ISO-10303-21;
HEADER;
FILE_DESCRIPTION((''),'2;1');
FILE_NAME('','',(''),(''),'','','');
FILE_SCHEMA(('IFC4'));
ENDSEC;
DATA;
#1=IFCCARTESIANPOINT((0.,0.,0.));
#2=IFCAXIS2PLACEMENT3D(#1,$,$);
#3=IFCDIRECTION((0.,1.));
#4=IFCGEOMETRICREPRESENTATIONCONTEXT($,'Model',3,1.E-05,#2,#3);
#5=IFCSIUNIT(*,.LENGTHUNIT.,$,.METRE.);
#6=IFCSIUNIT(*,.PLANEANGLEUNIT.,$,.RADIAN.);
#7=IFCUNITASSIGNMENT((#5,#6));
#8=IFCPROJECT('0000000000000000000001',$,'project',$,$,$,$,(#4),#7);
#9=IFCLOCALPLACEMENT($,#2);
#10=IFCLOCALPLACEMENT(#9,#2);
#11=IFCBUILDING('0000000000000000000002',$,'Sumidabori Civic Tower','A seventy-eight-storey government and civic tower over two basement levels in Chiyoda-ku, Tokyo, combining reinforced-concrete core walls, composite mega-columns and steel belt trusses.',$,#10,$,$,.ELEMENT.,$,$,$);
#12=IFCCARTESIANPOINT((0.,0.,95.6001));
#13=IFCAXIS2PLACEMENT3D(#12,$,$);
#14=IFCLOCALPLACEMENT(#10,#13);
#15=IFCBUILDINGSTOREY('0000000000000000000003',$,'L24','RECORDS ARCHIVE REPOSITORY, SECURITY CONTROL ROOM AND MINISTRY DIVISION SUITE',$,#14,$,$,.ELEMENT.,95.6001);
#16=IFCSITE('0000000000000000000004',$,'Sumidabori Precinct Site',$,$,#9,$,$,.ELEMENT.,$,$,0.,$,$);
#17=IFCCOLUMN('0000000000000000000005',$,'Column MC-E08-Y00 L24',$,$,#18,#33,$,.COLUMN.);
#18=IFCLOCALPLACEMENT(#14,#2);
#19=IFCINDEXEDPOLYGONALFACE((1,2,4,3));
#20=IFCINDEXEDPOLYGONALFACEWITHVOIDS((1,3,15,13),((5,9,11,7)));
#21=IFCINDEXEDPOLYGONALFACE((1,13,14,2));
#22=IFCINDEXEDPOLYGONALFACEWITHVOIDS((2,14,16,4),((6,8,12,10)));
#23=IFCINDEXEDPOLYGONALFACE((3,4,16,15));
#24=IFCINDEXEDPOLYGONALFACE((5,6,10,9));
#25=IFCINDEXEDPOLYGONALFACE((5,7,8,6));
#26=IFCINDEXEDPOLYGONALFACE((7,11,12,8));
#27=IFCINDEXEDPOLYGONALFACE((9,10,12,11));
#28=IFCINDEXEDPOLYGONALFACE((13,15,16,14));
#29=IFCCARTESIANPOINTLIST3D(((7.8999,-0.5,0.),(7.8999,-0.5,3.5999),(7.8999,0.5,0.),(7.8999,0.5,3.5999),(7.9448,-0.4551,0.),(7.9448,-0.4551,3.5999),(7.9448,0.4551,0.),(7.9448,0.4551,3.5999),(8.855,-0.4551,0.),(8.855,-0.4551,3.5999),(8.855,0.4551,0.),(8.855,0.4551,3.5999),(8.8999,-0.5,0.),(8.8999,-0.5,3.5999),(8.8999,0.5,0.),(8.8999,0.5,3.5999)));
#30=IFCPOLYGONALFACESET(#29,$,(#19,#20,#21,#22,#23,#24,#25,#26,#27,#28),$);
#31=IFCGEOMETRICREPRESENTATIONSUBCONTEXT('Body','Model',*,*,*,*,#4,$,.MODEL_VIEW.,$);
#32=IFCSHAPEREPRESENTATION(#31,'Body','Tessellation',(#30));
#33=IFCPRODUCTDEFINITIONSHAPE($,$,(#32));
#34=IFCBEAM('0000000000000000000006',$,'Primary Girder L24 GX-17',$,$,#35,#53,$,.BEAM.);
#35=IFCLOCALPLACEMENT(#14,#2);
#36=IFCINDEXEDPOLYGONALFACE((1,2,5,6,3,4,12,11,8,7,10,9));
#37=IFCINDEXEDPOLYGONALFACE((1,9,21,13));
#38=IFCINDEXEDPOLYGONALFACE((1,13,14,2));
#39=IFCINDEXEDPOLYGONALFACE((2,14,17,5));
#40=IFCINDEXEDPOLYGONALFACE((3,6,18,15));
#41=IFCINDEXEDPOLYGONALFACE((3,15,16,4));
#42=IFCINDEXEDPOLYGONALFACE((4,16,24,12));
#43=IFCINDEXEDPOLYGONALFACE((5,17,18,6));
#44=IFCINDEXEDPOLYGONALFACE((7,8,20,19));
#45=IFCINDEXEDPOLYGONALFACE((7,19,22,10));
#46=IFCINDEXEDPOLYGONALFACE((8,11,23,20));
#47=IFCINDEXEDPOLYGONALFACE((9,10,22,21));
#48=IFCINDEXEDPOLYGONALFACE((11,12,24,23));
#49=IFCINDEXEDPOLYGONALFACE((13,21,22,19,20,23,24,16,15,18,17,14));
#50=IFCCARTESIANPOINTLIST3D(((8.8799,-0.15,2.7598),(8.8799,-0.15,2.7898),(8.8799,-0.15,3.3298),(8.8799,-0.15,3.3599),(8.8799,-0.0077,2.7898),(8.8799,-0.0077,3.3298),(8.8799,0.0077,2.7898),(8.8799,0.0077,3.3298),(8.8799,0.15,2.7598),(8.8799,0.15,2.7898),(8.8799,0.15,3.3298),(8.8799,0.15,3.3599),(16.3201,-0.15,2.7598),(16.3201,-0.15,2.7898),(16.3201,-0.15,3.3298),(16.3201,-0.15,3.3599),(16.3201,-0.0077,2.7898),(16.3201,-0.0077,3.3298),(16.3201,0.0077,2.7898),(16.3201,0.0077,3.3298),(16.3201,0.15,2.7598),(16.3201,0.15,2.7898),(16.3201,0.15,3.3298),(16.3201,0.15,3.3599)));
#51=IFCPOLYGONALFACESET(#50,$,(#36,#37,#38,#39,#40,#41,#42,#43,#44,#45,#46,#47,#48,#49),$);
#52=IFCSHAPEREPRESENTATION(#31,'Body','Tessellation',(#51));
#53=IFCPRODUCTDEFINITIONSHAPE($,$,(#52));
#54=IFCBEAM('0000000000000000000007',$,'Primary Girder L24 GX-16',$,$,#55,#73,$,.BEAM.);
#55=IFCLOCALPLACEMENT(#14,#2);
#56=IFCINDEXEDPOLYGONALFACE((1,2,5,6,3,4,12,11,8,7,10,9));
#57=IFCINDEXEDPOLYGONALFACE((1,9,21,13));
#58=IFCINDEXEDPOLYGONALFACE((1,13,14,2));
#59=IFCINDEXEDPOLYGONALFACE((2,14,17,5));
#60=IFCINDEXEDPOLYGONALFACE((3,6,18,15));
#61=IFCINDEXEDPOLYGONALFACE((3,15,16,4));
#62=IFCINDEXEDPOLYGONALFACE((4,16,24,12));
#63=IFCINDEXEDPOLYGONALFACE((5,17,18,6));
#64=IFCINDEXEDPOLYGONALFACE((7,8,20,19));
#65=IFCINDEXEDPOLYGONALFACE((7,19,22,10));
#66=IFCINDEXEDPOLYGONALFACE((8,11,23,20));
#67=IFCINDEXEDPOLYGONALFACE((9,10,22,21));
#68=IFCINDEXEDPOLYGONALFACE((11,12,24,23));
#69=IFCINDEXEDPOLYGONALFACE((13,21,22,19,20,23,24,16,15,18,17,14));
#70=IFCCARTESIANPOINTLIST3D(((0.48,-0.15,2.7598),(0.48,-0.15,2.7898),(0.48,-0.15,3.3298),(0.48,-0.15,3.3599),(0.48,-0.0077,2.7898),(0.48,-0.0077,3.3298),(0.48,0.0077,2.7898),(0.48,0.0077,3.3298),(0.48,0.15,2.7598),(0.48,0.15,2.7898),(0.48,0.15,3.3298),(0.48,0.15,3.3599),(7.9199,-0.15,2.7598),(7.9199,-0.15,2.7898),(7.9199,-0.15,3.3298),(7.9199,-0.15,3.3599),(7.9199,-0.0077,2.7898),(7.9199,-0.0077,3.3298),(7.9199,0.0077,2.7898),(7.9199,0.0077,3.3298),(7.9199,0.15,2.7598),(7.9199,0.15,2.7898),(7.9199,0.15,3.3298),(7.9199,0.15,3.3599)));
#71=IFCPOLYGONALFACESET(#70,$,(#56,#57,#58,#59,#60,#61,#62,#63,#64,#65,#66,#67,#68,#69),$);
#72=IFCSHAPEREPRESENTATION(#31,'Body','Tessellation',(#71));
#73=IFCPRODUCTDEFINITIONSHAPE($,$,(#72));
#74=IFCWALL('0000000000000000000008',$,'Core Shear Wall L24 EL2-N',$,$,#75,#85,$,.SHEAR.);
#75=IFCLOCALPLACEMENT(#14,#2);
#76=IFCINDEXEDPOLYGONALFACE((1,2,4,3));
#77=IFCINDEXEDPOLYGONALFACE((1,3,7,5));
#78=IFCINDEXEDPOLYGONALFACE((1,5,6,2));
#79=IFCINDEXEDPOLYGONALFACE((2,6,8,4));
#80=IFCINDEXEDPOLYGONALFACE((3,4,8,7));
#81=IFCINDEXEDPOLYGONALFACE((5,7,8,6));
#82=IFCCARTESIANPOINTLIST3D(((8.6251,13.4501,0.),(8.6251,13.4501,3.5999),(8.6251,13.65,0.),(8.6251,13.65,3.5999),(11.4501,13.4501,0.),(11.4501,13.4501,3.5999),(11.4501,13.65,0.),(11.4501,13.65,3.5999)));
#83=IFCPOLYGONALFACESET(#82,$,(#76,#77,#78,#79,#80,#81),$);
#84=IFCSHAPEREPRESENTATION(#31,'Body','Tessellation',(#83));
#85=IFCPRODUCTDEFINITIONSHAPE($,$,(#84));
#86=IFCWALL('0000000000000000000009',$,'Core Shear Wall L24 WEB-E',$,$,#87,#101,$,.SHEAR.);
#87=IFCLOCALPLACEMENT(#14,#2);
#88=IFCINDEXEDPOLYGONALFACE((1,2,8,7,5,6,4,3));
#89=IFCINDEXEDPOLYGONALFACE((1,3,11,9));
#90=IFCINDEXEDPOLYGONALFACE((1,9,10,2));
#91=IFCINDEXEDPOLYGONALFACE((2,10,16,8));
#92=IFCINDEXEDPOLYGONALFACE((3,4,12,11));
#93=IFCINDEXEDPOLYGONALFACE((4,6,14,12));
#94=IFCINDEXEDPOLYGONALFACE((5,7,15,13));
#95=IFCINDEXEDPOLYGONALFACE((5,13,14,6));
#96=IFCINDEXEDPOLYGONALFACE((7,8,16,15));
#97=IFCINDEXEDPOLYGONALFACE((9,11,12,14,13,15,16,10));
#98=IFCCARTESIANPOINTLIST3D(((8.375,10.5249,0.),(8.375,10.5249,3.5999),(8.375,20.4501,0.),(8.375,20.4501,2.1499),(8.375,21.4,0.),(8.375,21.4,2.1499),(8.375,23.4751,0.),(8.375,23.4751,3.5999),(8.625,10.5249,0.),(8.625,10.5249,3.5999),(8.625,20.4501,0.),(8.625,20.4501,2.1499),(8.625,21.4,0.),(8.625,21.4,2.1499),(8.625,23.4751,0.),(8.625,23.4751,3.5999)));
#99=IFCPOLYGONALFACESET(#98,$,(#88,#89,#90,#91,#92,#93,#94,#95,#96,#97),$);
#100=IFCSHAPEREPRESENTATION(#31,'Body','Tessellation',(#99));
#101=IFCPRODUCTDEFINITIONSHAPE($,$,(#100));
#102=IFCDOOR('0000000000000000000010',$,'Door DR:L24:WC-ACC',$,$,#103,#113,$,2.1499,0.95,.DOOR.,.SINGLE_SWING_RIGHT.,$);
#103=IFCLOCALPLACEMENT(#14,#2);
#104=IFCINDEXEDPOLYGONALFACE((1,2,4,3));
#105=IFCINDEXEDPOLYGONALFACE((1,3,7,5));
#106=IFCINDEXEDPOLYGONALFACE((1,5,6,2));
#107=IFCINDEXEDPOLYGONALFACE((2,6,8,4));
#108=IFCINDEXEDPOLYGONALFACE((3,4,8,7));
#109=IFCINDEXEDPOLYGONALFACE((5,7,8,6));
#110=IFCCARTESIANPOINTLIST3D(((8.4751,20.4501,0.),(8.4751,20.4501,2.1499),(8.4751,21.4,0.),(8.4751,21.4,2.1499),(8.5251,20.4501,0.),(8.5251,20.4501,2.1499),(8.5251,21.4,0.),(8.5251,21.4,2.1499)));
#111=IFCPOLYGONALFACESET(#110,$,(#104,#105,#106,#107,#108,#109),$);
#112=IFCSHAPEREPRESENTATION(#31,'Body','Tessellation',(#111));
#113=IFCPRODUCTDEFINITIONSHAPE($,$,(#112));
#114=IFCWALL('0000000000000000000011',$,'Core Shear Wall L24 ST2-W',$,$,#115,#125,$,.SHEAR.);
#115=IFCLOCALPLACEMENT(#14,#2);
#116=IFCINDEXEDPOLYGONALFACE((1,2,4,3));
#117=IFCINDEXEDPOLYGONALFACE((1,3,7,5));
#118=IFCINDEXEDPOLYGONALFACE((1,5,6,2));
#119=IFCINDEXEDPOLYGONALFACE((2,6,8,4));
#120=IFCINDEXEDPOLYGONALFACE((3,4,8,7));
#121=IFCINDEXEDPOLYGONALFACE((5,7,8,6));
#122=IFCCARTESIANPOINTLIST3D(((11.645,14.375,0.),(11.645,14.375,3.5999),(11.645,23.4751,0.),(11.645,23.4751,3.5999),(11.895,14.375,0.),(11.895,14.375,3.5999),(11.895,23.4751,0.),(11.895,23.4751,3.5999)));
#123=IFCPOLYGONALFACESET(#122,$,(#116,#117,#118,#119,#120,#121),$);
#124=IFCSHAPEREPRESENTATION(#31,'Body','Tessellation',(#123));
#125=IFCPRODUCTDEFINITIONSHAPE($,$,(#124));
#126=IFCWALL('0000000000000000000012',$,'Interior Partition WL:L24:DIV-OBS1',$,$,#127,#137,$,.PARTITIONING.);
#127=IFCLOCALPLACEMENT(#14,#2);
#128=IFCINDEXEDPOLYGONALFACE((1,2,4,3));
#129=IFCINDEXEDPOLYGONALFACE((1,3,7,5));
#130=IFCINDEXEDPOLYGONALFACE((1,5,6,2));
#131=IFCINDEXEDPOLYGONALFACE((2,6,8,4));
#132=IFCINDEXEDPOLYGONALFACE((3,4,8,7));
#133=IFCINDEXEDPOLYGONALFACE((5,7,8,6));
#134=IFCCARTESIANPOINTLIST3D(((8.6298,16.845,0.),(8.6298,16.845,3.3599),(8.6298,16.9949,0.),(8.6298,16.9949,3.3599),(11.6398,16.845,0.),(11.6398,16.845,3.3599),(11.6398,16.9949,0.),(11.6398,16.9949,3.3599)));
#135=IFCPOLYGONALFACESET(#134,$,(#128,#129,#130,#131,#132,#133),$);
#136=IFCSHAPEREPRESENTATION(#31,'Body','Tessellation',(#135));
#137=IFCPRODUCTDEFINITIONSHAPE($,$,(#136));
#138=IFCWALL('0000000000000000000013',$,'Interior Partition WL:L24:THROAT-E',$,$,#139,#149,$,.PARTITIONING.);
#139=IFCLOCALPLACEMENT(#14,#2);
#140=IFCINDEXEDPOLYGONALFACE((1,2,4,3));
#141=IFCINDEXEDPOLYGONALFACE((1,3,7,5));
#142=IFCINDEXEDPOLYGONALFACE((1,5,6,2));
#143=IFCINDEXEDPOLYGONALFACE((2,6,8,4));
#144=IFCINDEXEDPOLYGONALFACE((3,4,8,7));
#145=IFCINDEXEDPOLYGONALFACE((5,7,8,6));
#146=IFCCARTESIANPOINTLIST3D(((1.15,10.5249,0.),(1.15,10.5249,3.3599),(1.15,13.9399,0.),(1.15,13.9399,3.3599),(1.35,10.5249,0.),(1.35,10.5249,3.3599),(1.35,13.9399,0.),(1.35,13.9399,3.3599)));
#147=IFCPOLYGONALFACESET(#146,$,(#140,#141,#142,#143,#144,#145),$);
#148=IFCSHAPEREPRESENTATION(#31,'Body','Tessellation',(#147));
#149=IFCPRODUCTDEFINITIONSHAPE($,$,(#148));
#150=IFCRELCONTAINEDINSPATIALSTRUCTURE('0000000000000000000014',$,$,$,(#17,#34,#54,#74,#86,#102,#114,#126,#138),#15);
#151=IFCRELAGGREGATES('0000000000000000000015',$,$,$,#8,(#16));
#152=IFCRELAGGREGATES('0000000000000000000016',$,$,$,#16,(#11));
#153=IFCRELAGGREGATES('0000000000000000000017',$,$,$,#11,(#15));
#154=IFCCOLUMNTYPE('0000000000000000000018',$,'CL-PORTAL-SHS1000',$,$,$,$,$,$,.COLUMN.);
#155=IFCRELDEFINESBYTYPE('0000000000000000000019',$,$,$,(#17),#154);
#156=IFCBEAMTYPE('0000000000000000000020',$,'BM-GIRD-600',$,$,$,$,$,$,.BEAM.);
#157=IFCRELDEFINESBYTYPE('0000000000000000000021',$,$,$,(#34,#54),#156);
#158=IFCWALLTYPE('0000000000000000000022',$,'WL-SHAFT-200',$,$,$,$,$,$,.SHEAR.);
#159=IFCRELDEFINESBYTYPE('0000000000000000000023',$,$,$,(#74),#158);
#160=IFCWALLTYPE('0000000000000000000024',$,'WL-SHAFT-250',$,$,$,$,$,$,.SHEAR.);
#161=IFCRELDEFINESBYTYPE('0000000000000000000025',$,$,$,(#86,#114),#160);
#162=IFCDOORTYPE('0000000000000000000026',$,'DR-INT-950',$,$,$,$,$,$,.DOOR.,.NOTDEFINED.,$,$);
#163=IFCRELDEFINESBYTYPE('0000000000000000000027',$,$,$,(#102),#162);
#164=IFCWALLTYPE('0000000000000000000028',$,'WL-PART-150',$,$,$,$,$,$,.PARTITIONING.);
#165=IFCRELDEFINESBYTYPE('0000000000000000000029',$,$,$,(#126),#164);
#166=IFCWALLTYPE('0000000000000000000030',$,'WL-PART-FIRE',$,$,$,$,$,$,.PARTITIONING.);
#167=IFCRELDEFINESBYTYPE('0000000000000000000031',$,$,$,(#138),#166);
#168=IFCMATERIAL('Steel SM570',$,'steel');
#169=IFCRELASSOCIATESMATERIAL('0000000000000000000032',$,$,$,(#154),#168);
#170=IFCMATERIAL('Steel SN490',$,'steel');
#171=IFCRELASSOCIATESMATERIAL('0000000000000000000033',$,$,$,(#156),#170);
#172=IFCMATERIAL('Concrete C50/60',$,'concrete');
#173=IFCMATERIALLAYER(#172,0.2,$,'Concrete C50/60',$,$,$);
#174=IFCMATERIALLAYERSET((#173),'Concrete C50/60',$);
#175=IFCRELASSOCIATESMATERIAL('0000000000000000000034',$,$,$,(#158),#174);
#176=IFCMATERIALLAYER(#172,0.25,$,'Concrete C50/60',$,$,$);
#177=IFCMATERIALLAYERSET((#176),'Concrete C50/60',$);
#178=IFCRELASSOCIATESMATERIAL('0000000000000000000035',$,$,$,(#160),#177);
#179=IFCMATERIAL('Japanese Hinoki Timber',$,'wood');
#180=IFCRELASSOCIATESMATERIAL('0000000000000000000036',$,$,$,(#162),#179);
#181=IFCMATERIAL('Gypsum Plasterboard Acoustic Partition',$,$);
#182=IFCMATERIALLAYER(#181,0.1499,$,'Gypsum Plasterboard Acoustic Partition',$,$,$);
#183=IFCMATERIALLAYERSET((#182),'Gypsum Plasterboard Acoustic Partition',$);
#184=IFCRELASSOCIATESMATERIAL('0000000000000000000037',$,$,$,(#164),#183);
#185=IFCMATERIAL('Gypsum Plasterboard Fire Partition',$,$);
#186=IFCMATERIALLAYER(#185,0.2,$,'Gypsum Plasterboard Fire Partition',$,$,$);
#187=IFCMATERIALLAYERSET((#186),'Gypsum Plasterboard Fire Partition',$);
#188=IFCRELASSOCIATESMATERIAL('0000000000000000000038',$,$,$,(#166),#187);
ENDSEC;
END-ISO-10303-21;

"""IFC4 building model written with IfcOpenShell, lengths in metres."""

from ifc_helpers import new_model, si_unit, direction, frame, frame_2d, origin, origin_2d, place, context, subcontext, project, spatial, rectangle, hollow_rectangle, i_section, extrude, source, transform, mapped, material, layer, layer_set, material_profile, profile_set, type_object, element, fill, save


model = new_model("IFC4")

# Units and contexts
model_context = context("Model", 3, precision=1e-05, world=origin(), true_north=direction((0.0, 1.0)))
body_context = subcontext(model_context, "Body", "Model", "MODEL_VIEW")
ifc_project = project(units=[si_unit("LENGTHUNIT", "METRE"), si_unit("PLANEANGLEUNIT", "RADIAN")], contexts=[model_context])

# Site, building, storey
site_placement = place(None, origin())
site = spatial("IfcSite", under=ifc_project, at=site_placement, Name="Sumidabori Precinct Site", CompositionType="ELEMENT", RefElevation=0.0)
building_placement = place(site_placement, origin())
building = spatial("IfcBuilding", under=site, at=building_placement, Name="Sumidabori Civic Tower", Description="A seventy-eight-storey government and civic tower over two basement levels in Chiyoda-ku, Tokyo, combining reinforced-concrete core walls, composite mega-columns and steel belt trusses.", CompositionType="ELEMENT")
storey_placement = place(building_placement, frame((0.0, 0.0, 95.6001)))
storey = spatial("IfcBuildingStorey", under=building, at=storey_placement, Name="L24", Description="RECORDS ARCHIVE REPOSITORY, SECURITY CONTROL ROOM AND MINISTRY DIVISION SUITE", CompositionType="ELEMENT", Elevation=95.6001)

# Column
ifc_material_1 = material(Name="Steel SM570", Category="steel")
ifc_material_profile_1 = material_profile(ifc_material_1, hollow_rectangle(XDim=1.0, YDim=1.0, WallThickness=0.0449, at=origin_2d()), Name="SHS 1000x1000x45")
ifc_profile_set_1 = profile_set([ifc_material_profile_1], Name="Steel SM570")
column_type = type_object("IfcColumnType", Name="CL-PORTAL-SHS1000", PredefinedType="COLUMN", material=ifc_profile_set_1)
shared_shape_1 = source(origin(), body_context, "Body", "SweptSolid", [
    extrude(hollow_rectangle(XDim=1.0, YDim=1.0, WallThickness=0.0449, at=origin_2d()), origin(), (0.0, 0.0, 1.0), 3.5999),
])
column_placement = place(storey_placement, frame((8.3999, 0.0, 0.0), z_axis=(0.0, 0.0, 1.0), x_axis=(1.0, 0.0, 0.0)))
element("IfcColumn", 1, at=column_placement, inside=storey, type_object=column_type, Name="Column MC-E08-Y00 L24", PredefinedType="COLUMN", context=body_context, shape_type="MappedRepresentation", body=[
    mapped(shared_shape_1, transform((0.0, 0.0, 0.0), x_axis=(1.0, 0.0, 0.0), y_axis=(0.0, 1.0, 0.0), z_axis=(0.0, 0.0, 1.0), scale=1.0)),
])

# Beams
ifc_material_2 = material(Name="Steel SN490", Category="steel")
ifc_material_profile_2 = material_profile(ifc_material_2, i_section(OverallWidth=0.3, OverallDepth=0.6001, WebThickness=0.0154, FlangeThickness=0.03, at=origin_2d()), Name="HE 600 B")
ifc_profile_set_2 = profile_set([ifc_material_profile_2], Name="Steel SN490")
beam_type = type_object("IfcBeamType", Name="BM-GIRD-600", PredefinedType="BEAM", material=ifc_profile_set_2)
shared_shape_2 = source(origin(), body_context, "Body", "SweptSolid", [
    extrude(i_section(OverallWidth=0.3, OverallDepth=0.6001, WebThickness=0.0154, FlangeThickness=0.03, at=origin_2d()), origin(), (0.0, 0.0, 1.0), 7.4402),
])
beam_1_placement = place(storey_placement, frame((8.8799, 0.0, 3.0598), z_axis=(1.0, 0.0, 0.0), x_axis=(0.0, 1.0, 0.0)))
element("IfcBeam", 2, at=beam_1_placement, inside=storey, type_object=beam_type, Name="Primary Girder L24 GX-17", PredefinedType="BEAM", context=body_context, shape_type="MappedRepresentation", body=[
    mapped(shared_shape_2, transform((0.0, 0.0, 0.0), x_axis=(1.0, 0.0, 0.0), y_axis=(0.0, 1.0, 0.0), z_axis=(0.0, 0.0, 1.0), scale=1.0)),
])
shared_shape_3 = source(origin(), body_context, "Body", "SweptSolid", [
    extrude(i_section(OverallWidth=0.3, OverallDepth=0.6001, WebThickness=0.0154, FlangeThickness=0.03, at=origin_2d()), origin(), (0.0, 0.0, 1.0), 7.4399),
])
beam_2_placement = place(storey_placement, frame((0.48, 0.0, 3.0598), z_axis=(1.0, 0.0, 0.0), x_axis=(0.0, 1.0, 0.0)))
element("IfcBeam", 3, at=beam_2_placement, inside=storey, type_object=beam_type, Name="Primary Girder L24 GX-16", PredefinedType="BEAM", context=body_context, shape_type="MappedRepresentation", body=[
    mapped(shared_shape_3, transform((0.0, 0.0, 0.0), x_axis=(1.0, 0.0, 0.0), y_axis=(0.0, 1.0, 0.0), z_axis=(0.0, 0.0, 1.0), scale=1.0)),
])

# Wall
ifc_material_3 = material(Name="Concrete C50/60", Category="concrete")
ifc_layer_1 = layer(ifc_material_3, 0.2, Name="Concrete C50/60")
ifc_layer_set_1 = layer_set([ifc_layer_1], Name="Concrete C50/60")
wall_type_1 = type_object("IfcWallType", Name="WL-SHAFT-200", PredefinedType="SHEAR", material=ifc_layer_set_1)
shared_shape_4 = source(origin(), body_context, "Body", "SweptSolid", [
    extrude(rectangle(XDim=2.825, YDim=0.2, at=frame_2d((1.4126, 0.0))), origin(), (0.0, 0.0, 1.0), 3.5999),
])
wall_1_placement = place(storey_placement, frame((8.625, 13.55, 0.0), z_axis=(0.0, 0.0, 1.0), x_axis=(1.0, 0.0, 0.0)))
element("IfcWall", 4, at=wall_1_placement, inside=storey, type_object=wall_type_1, Name="Core Shear Wall L24 EL2-N", PredefinedType="SHEAR", context=body_context, shape_type="MappedRepresentation", body=[
    mapped(shared_shape_4, transform((0.0, 0.0, 0.0), x_axis=(1.0, 0.0, 0.0), y_axis=(0.0, 1.0, 0.0), z_axis=(0.0, 0.0, 1.0), scale=1.0)),
])

# Wall, opening, door
ifc_layer_2 = layer(ifc_material_3, 0.25, Name="Concrete C50/60")
ifc_layer_set_2 = layer_set([ifc_layer_2], Name="Concrete C50/60")
wall_type_2 = type_object("IfcWallType", Name="WL-SHAFT-250", PredefinedType="SHEAR", material=ifc_layer_set_2)
shared_shape_5 = source(origin(), body_context, "Body", "SweptSolid", [
    extrude(rectangle(XDim=12.9502, YDim=0.25, at=frame_2d((6.4751, 0.0))), origin(), (0.0, 0.0, 1.0), 3.5999),
])
wall_2_placement = place(storey_placement, frame((8.5, 10.5249, 0.0), z_axis=(0.0, 0.0, 1.0), x_axis=(0.0, 1.0, 0.0)))
wall_2 = element("IfcWall", 5, at=wall_2_placement, inside=storey, type_object=wall_type_2, Name="Core Shear Wall L24 WEB-E", PredefinedType="SHEAR", context=body_context, shape_type="MappedRepresentation", body=[
    mapped(shared_shape_5, transform((0.0, 0.0, 0.0), x_axis=(1.0, 0.0, 0.0), y_axis=(0.0, 1.0, 0.0), z_axis=(0.0, 0.0, 1.0), scale=1.0)),
])
opening_1_placement = place(wall_2_placement, frame((9.925, 0.0, 0.0)))
opening_1 = element("IfcOpeningElement", 6, at=opening_1_placement, cuts=wall_2, PredefinedType="OPENING", context=body_context, shape_type="SweptSolid", body=[
    extrude(rectangle(XDim=0.95, YDim=2.1499, at=frame_2d((0.4751, 1.075))), frame((0.0, 0.137, 0.0), z_axis=(0.0, -1.0, 0.0), x_axis=(1.0, 0.0, 0.0)), (0.0, 0.0, 1.0), 0.2739),
])
ifc_material_4 = material(Name="Japanese Hinoki Timber", Category="wood")
door_type_1 = type_object("IfcDoorType", Name="DR-INT-950", OperationType="NOTDEFINED", PredefinedType="DOOR", material=ifc_material_4)
shared_shape_6 = source(origin(), body_context, "Body", "SweptSolid", [
    extrude(rectangle(XDim=0.95, YDim=2.1499, at=frame_2d((0.4751, 1.075))), frame((0.0, 0.0249, 0.0), z_axis=(0.0, -1.0, 0.0), x_axis=(1.0, 0.0, 0.0)), (0.0, 0.0, 1.0), 0.05),
])
door_1_placement = place(opening_1_placement, origin())
door_1 = element("IfcDoor", 7, at=door_1_placement, inside=storey, type_object=door_type_1, Name="Door DR:L24:WC-ACC", OperationType="SINGLE_SWING_RIGHT", OverallHeight=2.1499, OverallWidth=0.95, PredefinedType="DOOR", context=body_context, shape_type="MappedRepresentation", body=[
    mapped(shared_shape_6, transform((0.0, 0.0, 0.0), x_axis=(1.0, 0.0, 0.0), y_axis=(0.0, 1.0, 0.0), z_axis=(0.0, 0.0, 1.0), scale=1.0)),
])
fill(opening_1, door_1)

# Wall
shared_shape_7 = source(origin(), body_context, "Body", "SweptSolid", [
    extrude(rectangle(XDim=9.1001, YDim=0.25, at=frame_2d((4.55, 0.0))), origin(), (0.0, 0.0, 1.0), 3.5999),
])
wall_3_placement = place(storey_placement, frame((11.77, 14.375, 0.0), z_axis=(0.0, 0.0, 1.0), x_axis=(0.0, 1.0, 0.0)))
element("IfcWall", 8, at=wall_3_placement, inside=storey, type_object=wall_type_2, Name="Core Shear Wall L24 ST2-W", PredefinedType="SHEAR", context=body_context, shape_type="MappedRepresentation", body=[
    mapped(shared_shape_7, transform((0.0, 0.0, 0.0), x_axis=(1.0, 0.0, 0.0), y_axis=(0.0, 1.0, 0.0), z_axis=(0.0, 0.0, 1.0), scale=1.0)),
])

# Wall
ifc_material_5 = material(Name="Gypsum Plasterboard Acoustic Partition")
ifc_layer_3 = layer(ifc_material_5, 0.1499, Name="Gypsum Plasterboard Acoustic Partition")
ifc_layer_set_3 = layer_set([ifc_layer_3], Name="Gypsum Plasterboard Acoustic Partition")
wall_type_3 = type_object("IfcWallType", Name="WL-PART-150", PredefinedType="PARTITIONING", material=ifc_layer_set_3)
shared_shape_8 = source(origin(), body_context, "Body", "SweptSolid", [
    extrude(rectangle(XDim=3.01, YDim=0.1499, at=frame_2d((1.5049, 0.0))), origin(), (0.0, 0.0, 1.0), 3.3599),
])
wall_4_placement = place(storey_placement, frame((8.6299, 16.9199, 0.0), z_axis=(0.0, 0.0, 1.0), x_axis=(1.0, 0.0, 0.0)))
element("IfcWall", 9, at=wall_4_placement, inside=storey, type_object=wall_type_3, Name="Interior Partition WL:L24:DIV-OBS1", PredefinedType="PARTITIONING", context=body_context, shape_type="MappedRepresentation", body=[
    mapped(shared_shape_8, transform((0.0, 0.0, 0.0), x_axis=(1.0, 0.0, 0.0), y_axis=(0.0, 1.0, 0.0), z_axis=(0.0, 0.0, 1.0), scale=1.0)),
])

# Shared definitions
ifc_material_6 = material(Name="Gypsum Plasterboard Fire Partition")
ifc_layer_4 = layer(ifc_material_6, 0.2, Name="Gypsum Plasterboard Fire Partition")
ifc_layer_set_4 = layer_set([ifc_layer_4], Name="Gypsum Plasterboard Fire Partition")
wall_type_4 = type_object("IfcWallType", Name="WL-PART-FIRE", PredefinedType="PARTITIONING", material=ifc_layer_set_4)

# Wall
shared_shape_9 = source(origin(), body_context, "Body", "SweptSolid", [
    extrude(rectangle(XDim=3.415, YDim=0.2, at=frame_2d((1.7075, 0.0))), origin(), (0.0, 0.0, 1.0), 3.3599),
])
wall_5_placement = place(storey_placement, frame((1.25, 10.5249, 0.0), z_axis=(0.0, 0.0, 1.0), x_axis=(0.0, 1.0, 0.0)))
element("IfcWall", 10, at=wall_5_placement, inside=storey, type_object=wall_type_4, Name="Interior Partition WL:L24:THROAT-E", PredefinedType="PARTITIONING", context=body_context, shape_type="MappedRepresentation", body=[
    mapped(shared_shape_9, transform((0.0, 0.0, 0.0), x_axis=(1.0, 0.0, 0.0), y_axis=(0.0, 1.0, 0.0), z_axis=(0.0, 0.0, 1.0), scale=1.0)),
])

save(model, "model.ifc")
